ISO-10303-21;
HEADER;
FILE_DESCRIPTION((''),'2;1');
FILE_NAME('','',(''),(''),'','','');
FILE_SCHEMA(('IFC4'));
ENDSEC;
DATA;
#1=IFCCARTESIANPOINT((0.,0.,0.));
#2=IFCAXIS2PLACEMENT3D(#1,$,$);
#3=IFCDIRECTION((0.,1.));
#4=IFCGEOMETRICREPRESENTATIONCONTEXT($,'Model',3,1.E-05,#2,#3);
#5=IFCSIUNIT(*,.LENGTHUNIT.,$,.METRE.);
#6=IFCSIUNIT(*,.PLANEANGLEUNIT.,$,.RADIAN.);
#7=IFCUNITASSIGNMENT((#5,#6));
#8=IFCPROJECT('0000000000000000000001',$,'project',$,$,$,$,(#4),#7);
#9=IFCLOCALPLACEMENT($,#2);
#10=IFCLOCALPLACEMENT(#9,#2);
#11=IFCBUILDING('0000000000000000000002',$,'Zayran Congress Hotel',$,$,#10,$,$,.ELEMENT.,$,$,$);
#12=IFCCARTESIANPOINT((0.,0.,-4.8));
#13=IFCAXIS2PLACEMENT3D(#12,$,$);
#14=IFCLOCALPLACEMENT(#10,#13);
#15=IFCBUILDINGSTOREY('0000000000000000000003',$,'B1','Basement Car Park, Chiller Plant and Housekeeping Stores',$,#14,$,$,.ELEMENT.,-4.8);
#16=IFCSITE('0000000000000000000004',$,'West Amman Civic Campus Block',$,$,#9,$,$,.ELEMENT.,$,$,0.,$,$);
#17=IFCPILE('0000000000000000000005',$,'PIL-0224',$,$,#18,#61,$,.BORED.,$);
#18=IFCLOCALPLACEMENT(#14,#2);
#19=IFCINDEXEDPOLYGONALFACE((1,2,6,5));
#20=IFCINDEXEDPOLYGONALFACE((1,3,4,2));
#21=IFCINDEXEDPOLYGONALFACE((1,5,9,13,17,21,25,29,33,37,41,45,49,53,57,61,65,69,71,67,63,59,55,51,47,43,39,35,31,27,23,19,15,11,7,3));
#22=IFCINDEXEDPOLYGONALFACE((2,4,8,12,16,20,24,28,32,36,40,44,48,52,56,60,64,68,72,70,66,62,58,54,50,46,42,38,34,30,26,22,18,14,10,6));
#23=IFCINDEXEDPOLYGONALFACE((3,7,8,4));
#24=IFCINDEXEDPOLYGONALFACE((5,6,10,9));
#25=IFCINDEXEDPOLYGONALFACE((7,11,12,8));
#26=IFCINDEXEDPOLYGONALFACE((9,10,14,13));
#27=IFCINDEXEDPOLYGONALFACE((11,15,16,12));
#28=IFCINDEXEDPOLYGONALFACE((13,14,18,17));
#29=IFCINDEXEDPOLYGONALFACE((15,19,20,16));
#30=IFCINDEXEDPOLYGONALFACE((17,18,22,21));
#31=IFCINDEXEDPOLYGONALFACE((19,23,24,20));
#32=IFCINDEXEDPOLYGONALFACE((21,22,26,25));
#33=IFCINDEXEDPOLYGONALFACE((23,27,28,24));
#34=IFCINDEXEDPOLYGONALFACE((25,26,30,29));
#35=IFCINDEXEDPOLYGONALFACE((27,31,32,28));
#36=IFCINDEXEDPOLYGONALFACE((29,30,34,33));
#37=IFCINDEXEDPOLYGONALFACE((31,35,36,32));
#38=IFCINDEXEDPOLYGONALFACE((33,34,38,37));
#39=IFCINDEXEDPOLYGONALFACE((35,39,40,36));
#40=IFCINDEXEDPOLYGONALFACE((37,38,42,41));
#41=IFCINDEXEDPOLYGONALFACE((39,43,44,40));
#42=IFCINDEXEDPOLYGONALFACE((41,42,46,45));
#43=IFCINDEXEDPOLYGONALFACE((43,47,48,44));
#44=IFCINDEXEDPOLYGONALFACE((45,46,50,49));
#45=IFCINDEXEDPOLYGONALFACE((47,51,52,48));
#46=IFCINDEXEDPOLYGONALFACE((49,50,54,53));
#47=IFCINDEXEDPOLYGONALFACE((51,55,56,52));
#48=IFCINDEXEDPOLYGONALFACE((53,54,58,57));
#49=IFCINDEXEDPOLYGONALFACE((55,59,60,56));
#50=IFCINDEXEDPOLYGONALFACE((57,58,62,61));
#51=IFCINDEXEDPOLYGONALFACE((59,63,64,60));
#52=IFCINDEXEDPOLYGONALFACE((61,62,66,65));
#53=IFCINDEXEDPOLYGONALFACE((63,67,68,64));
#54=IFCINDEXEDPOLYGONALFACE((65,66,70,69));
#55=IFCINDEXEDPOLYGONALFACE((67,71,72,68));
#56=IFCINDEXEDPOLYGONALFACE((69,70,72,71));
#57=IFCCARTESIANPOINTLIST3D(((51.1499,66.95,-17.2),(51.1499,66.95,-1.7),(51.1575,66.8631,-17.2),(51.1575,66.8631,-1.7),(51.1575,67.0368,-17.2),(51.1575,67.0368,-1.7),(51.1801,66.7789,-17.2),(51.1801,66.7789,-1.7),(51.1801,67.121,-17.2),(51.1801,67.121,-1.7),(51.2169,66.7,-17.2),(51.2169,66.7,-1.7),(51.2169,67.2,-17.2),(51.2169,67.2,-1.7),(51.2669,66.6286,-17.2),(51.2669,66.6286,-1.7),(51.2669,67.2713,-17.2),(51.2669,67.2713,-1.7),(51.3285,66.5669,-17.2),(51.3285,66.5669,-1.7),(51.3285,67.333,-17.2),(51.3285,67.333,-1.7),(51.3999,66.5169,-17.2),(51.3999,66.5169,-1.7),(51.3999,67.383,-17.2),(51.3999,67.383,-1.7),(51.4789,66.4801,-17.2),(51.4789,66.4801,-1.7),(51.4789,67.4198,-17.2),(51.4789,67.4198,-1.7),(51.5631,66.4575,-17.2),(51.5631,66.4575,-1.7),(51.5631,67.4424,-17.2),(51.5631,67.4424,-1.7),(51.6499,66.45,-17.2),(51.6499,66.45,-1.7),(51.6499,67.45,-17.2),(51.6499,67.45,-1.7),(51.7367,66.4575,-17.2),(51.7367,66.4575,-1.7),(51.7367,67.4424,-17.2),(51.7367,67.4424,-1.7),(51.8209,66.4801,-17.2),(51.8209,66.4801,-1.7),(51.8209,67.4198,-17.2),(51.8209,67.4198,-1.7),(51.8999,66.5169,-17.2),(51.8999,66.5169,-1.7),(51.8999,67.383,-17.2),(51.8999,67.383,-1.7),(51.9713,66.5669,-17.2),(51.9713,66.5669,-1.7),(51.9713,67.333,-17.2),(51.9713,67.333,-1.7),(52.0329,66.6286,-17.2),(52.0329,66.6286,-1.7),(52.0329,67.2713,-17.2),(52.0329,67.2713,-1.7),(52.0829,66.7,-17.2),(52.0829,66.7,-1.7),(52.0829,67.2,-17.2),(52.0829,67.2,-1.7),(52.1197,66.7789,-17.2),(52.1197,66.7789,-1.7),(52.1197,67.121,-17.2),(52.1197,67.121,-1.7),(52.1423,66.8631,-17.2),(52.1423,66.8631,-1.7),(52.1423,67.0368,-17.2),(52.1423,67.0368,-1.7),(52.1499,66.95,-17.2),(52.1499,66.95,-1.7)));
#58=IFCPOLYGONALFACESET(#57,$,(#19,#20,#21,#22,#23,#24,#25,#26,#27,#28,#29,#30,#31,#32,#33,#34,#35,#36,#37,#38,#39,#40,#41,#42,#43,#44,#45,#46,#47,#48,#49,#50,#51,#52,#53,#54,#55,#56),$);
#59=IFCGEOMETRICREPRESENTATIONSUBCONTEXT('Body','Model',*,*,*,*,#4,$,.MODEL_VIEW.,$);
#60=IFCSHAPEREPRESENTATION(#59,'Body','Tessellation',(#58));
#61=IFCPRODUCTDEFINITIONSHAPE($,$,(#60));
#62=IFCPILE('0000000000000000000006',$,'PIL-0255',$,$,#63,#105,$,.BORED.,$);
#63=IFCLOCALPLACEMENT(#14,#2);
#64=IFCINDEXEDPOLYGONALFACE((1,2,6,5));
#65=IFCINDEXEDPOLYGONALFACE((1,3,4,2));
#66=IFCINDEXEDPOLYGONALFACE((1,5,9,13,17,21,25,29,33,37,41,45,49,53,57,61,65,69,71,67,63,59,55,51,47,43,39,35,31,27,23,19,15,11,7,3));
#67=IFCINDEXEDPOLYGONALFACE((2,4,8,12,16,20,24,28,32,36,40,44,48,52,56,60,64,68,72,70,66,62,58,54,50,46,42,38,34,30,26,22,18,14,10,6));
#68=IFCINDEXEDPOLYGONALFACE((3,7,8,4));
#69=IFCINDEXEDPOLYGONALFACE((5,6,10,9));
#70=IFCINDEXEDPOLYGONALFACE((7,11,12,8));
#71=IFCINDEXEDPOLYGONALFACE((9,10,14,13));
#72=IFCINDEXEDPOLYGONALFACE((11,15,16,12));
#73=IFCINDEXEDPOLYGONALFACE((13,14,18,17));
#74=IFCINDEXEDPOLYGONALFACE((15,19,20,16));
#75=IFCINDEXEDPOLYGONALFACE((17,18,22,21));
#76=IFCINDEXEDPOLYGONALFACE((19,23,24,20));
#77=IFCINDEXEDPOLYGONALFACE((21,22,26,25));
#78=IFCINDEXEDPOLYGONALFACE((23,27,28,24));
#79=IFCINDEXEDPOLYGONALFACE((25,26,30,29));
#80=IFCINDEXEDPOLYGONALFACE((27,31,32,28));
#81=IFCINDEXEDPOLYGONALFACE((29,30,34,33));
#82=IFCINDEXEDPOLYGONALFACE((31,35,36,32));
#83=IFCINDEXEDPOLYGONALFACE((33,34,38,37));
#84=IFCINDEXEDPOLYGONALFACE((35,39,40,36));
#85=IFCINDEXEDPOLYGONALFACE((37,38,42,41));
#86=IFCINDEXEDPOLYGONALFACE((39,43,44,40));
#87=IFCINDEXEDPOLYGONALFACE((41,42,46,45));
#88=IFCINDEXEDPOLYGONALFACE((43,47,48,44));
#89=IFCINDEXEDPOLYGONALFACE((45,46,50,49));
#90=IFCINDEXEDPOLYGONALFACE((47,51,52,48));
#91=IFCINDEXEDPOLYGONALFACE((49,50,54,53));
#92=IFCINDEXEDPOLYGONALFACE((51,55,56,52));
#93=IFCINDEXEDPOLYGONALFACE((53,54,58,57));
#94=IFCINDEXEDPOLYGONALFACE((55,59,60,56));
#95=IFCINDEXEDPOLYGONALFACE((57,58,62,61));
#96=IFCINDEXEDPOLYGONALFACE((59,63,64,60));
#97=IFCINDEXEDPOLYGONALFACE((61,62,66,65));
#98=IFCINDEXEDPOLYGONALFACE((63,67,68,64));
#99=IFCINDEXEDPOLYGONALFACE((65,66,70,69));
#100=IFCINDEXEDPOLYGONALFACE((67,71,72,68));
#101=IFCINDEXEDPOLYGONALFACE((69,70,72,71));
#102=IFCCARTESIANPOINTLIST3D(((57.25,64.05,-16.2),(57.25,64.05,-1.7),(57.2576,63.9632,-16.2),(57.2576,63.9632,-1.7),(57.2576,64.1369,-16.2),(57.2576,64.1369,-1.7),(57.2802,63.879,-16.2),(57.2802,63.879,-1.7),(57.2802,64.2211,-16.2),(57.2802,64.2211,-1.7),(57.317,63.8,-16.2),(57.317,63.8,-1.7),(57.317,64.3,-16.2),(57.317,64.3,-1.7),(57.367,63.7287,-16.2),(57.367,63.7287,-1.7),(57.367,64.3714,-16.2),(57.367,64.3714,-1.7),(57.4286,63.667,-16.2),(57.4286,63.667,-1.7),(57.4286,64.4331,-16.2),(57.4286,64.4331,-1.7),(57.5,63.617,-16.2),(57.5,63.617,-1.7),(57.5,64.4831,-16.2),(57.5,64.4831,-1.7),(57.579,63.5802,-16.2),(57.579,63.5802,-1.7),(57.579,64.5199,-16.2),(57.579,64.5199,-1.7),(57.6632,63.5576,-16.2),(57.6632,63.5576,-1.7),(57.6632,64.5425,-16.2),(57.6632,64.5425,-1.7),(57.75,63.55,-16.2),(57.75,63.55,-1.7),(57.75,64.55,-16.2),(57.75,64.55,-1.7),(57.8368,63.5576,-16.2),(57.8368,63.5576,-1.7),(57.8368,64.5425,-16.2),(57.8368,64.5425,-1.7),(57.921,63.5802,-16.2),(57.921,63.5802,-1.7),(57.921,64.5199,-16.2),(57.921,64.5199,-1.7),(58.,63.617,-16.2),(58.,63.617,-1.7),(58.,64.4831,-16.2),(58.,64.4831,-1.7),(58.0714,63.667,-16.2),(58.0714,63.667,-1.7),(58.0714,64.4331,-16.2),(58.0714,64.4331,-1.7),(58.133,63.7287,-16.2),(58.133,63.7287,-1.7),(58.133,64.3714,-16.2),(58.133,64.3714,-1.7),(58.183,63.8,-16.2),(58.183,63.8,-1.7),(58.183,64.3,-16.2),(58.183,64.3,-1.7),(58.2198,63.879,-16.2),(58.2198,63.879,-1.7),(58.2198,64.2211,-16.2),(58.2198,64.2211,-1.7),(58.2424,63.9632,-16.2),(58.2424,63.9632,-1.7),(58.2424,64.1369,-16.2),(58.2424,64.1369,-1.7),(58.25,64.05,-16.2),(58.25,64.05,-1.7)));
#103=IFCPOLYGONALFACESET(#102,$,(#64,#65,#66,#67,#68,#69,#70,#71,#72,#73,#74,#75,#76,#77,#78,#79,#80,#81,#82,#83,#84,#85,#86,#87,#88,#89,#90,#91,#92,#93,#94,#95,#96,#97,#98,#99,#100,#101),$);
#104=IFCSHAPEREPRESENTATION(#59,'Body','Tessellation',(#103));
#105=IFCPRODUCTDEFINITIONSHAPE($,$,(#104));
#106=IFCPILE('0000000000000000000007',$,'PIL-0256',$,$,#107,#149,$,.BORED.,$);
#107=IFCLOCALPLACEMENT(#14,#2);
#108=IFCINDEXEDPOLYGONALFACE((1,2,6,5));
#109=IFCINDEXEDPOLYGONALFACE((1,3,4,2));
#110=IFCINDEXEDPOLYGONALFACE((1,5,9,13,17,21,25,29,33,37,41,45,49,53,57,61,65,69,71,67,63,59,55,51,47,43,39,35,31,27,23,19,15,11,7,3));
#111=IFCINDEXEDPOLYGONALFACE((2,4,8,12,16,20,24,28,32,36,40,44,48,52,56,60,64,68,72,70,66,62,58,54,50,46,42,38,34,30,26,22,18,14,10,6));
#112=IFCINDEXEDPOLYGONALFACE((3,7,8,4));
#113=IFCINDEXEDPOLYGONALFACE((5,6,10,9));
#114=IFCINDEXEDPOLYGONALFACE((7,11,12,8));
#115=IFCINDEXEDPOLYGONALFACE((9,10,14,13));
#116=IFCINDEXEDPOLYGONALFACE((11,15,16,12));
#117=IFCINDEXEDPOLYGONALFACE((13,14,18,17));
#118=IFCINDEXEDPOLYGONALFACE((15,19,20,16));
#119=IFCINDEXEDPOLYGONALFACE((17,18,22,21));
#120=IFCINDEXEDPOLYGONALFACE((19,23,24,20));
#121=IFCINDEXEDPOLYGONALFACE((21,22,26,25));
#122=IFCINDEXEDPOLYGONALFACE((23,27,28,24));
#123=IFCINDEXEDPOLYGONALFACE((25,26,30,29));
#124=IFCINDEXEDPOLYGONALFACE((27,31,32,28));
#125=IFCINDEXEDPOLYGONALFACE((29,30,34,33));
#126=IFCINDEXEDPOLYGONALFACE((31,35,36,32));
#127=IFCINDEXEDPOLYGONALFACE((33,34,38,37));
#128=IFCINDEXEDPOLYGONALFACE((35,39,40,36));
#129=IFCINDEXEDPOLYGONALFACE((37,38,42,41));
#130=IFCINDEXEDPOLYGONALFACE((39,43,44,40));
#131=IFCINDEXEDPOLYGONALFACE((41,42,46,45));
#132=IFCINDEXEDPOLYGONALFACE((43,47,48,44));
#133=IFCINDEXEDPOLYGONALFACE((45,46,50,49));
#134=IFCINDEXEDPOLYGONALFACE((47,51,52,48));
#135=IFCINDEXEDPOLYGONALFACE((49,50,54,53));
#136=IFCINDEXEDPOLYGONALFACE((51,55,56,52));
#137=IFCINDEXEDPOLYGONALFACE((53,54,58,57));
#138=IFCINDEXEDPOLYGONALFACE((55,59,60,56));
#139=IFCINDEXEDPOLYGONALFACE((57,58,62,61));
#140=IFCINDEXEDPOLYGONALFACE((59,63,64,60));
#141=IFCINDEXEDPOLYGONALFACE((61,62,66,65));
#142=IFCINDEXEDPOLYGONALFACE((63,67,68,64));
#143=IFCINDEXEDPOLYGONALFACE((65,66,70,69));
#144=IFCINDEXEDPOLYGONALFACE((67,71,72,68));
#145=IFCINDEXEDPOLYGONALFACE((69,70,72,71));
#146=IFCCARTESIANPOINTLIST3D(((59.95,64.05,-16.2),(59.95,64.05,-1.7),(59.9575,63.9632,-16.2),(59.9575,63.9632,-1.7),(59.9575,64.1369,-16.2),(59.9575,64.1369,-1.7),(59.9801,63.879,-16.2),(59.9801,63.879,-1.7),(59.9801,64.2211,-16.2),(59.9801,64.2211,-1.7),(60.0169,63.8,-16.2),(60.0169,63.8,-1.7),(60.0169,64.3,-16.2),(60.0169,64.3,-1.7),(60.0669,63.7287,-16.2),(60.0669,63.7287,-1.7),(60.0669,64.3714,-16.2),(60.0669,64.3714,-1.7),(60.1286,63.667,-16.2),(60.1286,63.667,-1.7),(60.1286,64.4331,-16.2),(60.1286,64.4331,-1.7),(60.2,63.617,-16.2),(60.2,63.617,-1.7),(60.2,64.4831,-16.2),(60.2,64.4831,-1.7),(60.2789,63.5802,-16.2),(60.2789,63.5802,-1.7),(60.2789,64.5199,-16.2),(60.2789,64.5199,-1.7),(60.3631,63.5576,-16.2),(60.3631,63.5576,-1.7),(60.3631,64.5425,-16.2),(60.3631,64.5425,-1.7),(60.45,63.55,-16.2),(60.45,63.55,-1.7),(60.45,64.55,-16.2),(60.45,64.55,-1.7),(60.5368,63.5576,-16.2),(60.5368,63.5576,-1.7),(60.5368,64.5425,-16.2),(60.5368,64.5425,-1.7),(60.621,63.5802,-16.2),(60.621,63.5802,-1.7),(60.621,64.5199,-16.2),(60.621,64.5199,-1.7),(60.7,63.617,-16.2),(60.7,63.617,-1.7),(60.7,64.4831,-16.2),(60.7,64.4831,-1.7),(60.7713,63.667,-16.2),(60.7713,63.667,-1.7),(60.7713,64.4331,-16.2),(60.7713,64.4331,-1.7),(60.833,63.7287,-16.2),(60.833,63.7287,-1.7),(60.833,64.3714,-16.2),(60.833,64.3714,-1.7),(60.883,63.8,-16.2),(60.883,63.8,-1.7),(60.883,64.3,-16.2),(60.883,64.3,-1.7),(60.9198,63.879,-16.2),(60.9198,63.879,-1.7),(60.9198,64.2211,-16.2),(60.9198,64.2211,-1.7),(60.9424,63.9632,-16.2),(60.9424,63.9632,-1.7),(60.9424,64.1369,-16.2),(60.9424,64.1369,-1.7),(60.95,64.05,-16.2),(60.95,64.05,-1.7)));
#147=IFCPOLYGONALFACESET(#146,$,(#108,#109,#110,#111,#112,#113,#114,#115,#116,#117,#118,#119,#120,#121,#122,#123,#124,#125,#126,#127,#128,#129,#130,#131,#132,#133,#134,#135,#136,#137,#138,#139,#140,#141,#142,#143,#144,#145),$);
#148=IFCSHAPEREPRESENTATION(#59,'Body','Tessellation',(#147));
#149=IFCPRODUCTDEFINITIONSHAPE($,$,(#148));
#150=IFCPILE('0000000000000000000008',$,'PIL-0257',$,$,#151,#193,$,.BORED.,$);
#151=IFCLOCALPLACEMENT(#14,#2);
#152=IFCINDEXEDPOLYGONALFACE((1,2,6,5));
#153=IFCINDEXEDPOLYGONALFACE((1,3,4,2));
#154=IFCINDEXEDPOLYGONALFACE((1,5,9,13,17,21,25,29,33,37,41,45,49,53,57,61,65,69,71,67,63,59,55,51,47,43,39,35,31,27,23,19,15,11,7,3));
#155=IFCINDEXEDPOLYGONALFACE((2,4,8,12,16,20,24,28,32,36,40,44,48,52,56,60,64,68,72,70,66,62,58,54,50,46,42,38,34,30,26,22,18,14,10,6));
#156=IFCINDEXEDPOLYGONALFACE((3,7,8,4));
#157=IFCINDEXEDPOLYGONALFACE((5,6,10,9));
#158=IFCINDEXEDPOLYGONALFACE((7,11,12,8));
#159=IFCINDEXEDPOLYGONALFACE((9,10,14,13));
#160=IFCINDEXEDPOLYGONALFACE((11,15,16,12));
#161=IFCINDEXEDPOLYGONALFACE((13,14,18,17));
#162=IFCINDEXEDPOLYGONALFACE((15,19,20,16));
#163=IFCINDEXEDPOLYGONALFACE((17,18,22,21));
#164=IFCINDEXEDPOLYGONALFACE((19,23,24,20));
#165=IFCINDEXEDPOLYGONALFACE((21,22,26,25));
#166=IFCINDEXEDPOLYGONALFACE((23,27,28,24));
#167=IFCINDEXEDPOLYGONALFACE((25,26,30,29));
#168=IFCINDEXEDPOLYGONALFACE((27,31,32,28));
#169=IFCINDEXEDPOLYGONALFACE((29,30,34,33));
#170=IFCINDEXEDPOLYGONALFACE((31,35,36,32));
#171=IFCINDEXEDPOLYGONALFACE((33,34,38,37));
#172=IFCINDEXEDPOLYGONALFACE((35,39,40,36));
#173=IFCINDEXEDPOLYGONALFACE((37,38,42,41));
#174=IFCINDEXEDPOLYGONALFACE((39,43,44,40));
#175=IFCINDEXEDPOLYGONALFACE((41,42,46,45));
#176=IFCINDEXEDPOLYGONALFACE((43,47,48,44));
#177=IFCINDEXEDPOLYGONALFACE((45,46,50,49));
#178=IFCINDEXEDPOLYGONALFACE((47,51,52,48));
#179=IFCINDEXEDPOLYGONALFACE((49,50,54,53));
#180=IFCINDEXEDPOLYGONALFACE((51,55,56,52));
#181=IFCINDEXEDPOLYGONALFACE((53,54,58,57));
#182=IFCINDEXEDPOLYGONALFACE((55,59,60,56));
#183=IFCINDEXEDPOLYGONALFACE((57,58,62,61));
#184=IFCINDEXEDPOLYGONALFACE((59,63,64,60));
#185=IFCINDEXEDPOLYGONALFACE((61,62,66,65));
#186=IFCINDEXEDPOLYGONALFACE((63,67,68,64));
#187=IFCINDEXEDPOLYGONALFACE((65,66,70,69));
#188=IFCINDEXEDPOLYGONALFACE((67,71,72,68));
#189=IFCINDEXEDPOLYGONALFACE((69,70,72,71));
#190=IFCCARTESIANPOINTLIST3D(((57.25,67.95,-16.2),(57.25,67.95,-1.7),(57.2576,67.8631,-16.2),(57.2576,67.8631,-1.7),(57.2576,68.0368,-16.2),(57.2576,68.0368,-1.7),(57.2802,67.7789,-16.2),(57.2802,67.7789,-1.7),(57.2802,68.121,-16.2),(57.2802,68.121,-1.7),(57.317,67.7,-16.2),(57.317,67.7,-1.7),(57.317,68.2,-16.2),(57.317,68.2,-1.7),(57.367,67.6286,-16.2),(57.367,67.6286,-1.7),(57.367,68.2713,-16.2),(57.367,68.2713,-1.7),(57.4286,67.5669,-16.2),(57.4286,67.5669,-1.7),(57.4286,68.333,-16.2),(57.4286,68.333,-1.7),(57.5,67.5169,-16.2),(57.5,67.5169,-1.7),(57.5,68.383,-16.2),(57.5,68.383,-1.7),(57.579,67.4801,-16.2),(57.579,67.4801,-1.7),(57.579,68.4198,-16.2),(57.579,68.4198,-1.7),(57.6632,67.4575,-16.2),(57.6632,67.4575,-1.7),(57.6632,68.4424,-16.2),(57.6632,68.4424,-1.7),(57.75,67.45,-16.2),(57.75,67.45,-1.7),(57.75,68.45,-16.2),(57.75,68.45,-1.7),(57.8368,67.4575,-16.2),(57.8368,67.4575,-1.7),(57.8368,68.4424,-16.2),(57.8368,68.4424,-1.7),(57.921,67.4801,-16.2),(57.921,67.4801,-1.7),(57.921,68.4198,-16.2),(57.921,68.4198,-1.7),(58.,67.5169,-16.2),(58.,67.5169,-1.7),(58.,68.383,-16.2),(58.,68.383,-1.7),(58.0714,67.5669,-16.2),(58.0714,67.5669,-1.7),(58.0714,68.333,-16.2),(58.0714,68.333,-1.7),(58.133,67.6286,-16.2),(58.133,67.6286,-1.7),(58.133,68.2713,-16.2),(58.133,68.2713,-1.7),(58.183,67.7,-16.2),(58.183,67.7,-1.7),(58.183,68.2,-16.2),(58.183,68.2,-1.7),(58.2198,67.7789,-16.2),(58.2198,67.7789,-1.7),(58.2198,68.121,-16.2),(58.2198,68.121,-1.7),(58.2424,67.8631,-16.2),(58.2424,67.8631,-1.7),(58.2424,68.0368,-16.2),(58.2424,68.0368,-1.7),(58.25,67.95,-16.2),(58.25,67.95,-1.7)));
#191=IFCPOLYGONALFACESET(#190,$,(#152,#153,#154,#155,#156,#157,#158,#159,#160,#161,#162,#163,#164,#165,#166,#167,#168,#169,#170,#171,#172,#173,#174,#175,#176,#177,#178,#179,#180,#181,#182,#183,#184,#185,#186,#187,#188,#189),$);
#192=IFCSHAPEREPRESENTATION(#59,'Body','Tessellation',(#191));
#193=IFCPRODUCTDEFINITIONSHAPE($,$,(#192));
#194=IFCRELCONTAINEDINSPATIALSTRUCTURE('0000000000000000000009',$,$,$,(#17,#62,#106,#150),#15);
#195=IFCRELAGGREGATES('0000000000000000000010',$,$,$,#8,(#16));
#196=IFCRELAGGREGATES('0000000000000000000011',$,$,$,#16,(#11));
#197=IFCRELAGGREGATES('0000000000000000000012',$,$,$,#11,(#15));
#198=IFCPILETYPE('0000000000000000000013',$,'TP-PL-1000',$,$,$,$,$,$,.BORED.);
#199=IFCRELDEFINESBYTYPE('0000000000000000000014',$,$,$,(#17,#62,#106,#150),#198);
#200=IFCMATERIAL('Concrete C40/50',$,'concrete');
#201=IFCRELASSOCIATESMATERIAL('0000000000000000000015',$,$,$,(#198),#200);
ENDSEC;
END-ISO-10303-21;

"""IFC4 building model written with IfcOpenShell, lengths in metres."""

from ifc_helpers import new_model, si_unit, direction, frame, origin, origin_2d, place, context, subcontext, project, spatial, circle, extrude, material, material_profile, profile_set, type_object, element, save


model = new_model("IFC4")

# Units and contexts
model_context = context("Model", 3, precision=1e-05, world=origin(), true_north=direction((0.0, 1.0)))
body_context = subcontext(model_context, "Body", "Model", "MODEL_VIEW")
ifc_project = project(units=[si_unit("LENGTHUNIT", "METRE"), si_unit("PLANEANGLEUNIT", "RADIAN")], contexts=[model_context])

# Site, building, storey
site_placement = place(None, origin())
site = spatial("IfcSite", under=ifc_project, at=site_placement, Name="West Amman Civic Campus Block", CompositionType="ELEMENT", RefElevation=0.0)
building_placement = place(site_placement, origin())
building = spatial("IfcBuilding", under=site, at=building_placement, Name="Zayran Congress Hotel", CompositionType="ELEMENT")
storey_placement = place(building_placement, frame((0.0, 0.0, -4.8)))
storey = spatial("IfcBuildingStorey", under=building, at=storey_placement, Name="B1", Description="Basement Car Park, Chiller Plant and Housekeeping Stores", CompositionType="ELEMENT", Elevation=-4.8)

# Piles
ifc_material_1 = material(Name="Concrete C40/50", Category="concrete")
ifc_material_profile_1 = material_profile(ifc_material_1, circle(Radius=0.5, at=origin_2d()), Name="PILE D1000")
ifc_profile_set_1 = profile_set([ifc_material_profile_1], Name="Concrete C40/50")
pile_type_1 = type_object("IfcPileType", Name="TP-PL-1000", PredefinedType="BORED", material=ifc_profile_set_1)
pile_1_placement = place(storey_placement, frame((51.6499, 66.95, -1.7), z_axis=(0.0, 0.0, -1.0), x_axis=(1.0, 0.0, 0.0)))
element("IfcPile", 1, at=pile_1_placement, inside=storey, type_object=pile_type_1, Name="PIL-0224", PredefinedType="BORED", context=body_context, shape_type="SweptSolid", body=[
    extrude(circle(Radius=0.5, at=origin_2d()), origin(), (0.0, 0.0, 1.0), 15.5),
])
for number, where, z_axis, x_axis, name in (
    (2, (57.75, 64.05, -1.7), (0.0, 0.0, -1.0), (1.0, 0.0, 0.0), "PIL-0255"),
    (3, (60.45, 64.05, -1.7), (0.0, 0.0, -1.0), (1.0, 0.0, 0.0), "PIL-0256"),
    (4, (57.75, 67.95, -1.7), (0.0, 0.0, -1.0), (1.0, 0.0, 0.0), "PIL-0257"),
):
    element("IfcPile", number, at=place(storey_placement, frame(where, z_axis=z_axis, x_axis=x_axis)), inside=storey, type_object=pile_type_1, Name=name, PredefinedType="BORED", context=body_context, shape_type="SweptSolid", body=[
        extrude(circle(Radius=0.5, at=origin_2d()), origin(), (0.0, 0.0, 1.0), 14.5),
    ])

save(model, "model.ifc")
